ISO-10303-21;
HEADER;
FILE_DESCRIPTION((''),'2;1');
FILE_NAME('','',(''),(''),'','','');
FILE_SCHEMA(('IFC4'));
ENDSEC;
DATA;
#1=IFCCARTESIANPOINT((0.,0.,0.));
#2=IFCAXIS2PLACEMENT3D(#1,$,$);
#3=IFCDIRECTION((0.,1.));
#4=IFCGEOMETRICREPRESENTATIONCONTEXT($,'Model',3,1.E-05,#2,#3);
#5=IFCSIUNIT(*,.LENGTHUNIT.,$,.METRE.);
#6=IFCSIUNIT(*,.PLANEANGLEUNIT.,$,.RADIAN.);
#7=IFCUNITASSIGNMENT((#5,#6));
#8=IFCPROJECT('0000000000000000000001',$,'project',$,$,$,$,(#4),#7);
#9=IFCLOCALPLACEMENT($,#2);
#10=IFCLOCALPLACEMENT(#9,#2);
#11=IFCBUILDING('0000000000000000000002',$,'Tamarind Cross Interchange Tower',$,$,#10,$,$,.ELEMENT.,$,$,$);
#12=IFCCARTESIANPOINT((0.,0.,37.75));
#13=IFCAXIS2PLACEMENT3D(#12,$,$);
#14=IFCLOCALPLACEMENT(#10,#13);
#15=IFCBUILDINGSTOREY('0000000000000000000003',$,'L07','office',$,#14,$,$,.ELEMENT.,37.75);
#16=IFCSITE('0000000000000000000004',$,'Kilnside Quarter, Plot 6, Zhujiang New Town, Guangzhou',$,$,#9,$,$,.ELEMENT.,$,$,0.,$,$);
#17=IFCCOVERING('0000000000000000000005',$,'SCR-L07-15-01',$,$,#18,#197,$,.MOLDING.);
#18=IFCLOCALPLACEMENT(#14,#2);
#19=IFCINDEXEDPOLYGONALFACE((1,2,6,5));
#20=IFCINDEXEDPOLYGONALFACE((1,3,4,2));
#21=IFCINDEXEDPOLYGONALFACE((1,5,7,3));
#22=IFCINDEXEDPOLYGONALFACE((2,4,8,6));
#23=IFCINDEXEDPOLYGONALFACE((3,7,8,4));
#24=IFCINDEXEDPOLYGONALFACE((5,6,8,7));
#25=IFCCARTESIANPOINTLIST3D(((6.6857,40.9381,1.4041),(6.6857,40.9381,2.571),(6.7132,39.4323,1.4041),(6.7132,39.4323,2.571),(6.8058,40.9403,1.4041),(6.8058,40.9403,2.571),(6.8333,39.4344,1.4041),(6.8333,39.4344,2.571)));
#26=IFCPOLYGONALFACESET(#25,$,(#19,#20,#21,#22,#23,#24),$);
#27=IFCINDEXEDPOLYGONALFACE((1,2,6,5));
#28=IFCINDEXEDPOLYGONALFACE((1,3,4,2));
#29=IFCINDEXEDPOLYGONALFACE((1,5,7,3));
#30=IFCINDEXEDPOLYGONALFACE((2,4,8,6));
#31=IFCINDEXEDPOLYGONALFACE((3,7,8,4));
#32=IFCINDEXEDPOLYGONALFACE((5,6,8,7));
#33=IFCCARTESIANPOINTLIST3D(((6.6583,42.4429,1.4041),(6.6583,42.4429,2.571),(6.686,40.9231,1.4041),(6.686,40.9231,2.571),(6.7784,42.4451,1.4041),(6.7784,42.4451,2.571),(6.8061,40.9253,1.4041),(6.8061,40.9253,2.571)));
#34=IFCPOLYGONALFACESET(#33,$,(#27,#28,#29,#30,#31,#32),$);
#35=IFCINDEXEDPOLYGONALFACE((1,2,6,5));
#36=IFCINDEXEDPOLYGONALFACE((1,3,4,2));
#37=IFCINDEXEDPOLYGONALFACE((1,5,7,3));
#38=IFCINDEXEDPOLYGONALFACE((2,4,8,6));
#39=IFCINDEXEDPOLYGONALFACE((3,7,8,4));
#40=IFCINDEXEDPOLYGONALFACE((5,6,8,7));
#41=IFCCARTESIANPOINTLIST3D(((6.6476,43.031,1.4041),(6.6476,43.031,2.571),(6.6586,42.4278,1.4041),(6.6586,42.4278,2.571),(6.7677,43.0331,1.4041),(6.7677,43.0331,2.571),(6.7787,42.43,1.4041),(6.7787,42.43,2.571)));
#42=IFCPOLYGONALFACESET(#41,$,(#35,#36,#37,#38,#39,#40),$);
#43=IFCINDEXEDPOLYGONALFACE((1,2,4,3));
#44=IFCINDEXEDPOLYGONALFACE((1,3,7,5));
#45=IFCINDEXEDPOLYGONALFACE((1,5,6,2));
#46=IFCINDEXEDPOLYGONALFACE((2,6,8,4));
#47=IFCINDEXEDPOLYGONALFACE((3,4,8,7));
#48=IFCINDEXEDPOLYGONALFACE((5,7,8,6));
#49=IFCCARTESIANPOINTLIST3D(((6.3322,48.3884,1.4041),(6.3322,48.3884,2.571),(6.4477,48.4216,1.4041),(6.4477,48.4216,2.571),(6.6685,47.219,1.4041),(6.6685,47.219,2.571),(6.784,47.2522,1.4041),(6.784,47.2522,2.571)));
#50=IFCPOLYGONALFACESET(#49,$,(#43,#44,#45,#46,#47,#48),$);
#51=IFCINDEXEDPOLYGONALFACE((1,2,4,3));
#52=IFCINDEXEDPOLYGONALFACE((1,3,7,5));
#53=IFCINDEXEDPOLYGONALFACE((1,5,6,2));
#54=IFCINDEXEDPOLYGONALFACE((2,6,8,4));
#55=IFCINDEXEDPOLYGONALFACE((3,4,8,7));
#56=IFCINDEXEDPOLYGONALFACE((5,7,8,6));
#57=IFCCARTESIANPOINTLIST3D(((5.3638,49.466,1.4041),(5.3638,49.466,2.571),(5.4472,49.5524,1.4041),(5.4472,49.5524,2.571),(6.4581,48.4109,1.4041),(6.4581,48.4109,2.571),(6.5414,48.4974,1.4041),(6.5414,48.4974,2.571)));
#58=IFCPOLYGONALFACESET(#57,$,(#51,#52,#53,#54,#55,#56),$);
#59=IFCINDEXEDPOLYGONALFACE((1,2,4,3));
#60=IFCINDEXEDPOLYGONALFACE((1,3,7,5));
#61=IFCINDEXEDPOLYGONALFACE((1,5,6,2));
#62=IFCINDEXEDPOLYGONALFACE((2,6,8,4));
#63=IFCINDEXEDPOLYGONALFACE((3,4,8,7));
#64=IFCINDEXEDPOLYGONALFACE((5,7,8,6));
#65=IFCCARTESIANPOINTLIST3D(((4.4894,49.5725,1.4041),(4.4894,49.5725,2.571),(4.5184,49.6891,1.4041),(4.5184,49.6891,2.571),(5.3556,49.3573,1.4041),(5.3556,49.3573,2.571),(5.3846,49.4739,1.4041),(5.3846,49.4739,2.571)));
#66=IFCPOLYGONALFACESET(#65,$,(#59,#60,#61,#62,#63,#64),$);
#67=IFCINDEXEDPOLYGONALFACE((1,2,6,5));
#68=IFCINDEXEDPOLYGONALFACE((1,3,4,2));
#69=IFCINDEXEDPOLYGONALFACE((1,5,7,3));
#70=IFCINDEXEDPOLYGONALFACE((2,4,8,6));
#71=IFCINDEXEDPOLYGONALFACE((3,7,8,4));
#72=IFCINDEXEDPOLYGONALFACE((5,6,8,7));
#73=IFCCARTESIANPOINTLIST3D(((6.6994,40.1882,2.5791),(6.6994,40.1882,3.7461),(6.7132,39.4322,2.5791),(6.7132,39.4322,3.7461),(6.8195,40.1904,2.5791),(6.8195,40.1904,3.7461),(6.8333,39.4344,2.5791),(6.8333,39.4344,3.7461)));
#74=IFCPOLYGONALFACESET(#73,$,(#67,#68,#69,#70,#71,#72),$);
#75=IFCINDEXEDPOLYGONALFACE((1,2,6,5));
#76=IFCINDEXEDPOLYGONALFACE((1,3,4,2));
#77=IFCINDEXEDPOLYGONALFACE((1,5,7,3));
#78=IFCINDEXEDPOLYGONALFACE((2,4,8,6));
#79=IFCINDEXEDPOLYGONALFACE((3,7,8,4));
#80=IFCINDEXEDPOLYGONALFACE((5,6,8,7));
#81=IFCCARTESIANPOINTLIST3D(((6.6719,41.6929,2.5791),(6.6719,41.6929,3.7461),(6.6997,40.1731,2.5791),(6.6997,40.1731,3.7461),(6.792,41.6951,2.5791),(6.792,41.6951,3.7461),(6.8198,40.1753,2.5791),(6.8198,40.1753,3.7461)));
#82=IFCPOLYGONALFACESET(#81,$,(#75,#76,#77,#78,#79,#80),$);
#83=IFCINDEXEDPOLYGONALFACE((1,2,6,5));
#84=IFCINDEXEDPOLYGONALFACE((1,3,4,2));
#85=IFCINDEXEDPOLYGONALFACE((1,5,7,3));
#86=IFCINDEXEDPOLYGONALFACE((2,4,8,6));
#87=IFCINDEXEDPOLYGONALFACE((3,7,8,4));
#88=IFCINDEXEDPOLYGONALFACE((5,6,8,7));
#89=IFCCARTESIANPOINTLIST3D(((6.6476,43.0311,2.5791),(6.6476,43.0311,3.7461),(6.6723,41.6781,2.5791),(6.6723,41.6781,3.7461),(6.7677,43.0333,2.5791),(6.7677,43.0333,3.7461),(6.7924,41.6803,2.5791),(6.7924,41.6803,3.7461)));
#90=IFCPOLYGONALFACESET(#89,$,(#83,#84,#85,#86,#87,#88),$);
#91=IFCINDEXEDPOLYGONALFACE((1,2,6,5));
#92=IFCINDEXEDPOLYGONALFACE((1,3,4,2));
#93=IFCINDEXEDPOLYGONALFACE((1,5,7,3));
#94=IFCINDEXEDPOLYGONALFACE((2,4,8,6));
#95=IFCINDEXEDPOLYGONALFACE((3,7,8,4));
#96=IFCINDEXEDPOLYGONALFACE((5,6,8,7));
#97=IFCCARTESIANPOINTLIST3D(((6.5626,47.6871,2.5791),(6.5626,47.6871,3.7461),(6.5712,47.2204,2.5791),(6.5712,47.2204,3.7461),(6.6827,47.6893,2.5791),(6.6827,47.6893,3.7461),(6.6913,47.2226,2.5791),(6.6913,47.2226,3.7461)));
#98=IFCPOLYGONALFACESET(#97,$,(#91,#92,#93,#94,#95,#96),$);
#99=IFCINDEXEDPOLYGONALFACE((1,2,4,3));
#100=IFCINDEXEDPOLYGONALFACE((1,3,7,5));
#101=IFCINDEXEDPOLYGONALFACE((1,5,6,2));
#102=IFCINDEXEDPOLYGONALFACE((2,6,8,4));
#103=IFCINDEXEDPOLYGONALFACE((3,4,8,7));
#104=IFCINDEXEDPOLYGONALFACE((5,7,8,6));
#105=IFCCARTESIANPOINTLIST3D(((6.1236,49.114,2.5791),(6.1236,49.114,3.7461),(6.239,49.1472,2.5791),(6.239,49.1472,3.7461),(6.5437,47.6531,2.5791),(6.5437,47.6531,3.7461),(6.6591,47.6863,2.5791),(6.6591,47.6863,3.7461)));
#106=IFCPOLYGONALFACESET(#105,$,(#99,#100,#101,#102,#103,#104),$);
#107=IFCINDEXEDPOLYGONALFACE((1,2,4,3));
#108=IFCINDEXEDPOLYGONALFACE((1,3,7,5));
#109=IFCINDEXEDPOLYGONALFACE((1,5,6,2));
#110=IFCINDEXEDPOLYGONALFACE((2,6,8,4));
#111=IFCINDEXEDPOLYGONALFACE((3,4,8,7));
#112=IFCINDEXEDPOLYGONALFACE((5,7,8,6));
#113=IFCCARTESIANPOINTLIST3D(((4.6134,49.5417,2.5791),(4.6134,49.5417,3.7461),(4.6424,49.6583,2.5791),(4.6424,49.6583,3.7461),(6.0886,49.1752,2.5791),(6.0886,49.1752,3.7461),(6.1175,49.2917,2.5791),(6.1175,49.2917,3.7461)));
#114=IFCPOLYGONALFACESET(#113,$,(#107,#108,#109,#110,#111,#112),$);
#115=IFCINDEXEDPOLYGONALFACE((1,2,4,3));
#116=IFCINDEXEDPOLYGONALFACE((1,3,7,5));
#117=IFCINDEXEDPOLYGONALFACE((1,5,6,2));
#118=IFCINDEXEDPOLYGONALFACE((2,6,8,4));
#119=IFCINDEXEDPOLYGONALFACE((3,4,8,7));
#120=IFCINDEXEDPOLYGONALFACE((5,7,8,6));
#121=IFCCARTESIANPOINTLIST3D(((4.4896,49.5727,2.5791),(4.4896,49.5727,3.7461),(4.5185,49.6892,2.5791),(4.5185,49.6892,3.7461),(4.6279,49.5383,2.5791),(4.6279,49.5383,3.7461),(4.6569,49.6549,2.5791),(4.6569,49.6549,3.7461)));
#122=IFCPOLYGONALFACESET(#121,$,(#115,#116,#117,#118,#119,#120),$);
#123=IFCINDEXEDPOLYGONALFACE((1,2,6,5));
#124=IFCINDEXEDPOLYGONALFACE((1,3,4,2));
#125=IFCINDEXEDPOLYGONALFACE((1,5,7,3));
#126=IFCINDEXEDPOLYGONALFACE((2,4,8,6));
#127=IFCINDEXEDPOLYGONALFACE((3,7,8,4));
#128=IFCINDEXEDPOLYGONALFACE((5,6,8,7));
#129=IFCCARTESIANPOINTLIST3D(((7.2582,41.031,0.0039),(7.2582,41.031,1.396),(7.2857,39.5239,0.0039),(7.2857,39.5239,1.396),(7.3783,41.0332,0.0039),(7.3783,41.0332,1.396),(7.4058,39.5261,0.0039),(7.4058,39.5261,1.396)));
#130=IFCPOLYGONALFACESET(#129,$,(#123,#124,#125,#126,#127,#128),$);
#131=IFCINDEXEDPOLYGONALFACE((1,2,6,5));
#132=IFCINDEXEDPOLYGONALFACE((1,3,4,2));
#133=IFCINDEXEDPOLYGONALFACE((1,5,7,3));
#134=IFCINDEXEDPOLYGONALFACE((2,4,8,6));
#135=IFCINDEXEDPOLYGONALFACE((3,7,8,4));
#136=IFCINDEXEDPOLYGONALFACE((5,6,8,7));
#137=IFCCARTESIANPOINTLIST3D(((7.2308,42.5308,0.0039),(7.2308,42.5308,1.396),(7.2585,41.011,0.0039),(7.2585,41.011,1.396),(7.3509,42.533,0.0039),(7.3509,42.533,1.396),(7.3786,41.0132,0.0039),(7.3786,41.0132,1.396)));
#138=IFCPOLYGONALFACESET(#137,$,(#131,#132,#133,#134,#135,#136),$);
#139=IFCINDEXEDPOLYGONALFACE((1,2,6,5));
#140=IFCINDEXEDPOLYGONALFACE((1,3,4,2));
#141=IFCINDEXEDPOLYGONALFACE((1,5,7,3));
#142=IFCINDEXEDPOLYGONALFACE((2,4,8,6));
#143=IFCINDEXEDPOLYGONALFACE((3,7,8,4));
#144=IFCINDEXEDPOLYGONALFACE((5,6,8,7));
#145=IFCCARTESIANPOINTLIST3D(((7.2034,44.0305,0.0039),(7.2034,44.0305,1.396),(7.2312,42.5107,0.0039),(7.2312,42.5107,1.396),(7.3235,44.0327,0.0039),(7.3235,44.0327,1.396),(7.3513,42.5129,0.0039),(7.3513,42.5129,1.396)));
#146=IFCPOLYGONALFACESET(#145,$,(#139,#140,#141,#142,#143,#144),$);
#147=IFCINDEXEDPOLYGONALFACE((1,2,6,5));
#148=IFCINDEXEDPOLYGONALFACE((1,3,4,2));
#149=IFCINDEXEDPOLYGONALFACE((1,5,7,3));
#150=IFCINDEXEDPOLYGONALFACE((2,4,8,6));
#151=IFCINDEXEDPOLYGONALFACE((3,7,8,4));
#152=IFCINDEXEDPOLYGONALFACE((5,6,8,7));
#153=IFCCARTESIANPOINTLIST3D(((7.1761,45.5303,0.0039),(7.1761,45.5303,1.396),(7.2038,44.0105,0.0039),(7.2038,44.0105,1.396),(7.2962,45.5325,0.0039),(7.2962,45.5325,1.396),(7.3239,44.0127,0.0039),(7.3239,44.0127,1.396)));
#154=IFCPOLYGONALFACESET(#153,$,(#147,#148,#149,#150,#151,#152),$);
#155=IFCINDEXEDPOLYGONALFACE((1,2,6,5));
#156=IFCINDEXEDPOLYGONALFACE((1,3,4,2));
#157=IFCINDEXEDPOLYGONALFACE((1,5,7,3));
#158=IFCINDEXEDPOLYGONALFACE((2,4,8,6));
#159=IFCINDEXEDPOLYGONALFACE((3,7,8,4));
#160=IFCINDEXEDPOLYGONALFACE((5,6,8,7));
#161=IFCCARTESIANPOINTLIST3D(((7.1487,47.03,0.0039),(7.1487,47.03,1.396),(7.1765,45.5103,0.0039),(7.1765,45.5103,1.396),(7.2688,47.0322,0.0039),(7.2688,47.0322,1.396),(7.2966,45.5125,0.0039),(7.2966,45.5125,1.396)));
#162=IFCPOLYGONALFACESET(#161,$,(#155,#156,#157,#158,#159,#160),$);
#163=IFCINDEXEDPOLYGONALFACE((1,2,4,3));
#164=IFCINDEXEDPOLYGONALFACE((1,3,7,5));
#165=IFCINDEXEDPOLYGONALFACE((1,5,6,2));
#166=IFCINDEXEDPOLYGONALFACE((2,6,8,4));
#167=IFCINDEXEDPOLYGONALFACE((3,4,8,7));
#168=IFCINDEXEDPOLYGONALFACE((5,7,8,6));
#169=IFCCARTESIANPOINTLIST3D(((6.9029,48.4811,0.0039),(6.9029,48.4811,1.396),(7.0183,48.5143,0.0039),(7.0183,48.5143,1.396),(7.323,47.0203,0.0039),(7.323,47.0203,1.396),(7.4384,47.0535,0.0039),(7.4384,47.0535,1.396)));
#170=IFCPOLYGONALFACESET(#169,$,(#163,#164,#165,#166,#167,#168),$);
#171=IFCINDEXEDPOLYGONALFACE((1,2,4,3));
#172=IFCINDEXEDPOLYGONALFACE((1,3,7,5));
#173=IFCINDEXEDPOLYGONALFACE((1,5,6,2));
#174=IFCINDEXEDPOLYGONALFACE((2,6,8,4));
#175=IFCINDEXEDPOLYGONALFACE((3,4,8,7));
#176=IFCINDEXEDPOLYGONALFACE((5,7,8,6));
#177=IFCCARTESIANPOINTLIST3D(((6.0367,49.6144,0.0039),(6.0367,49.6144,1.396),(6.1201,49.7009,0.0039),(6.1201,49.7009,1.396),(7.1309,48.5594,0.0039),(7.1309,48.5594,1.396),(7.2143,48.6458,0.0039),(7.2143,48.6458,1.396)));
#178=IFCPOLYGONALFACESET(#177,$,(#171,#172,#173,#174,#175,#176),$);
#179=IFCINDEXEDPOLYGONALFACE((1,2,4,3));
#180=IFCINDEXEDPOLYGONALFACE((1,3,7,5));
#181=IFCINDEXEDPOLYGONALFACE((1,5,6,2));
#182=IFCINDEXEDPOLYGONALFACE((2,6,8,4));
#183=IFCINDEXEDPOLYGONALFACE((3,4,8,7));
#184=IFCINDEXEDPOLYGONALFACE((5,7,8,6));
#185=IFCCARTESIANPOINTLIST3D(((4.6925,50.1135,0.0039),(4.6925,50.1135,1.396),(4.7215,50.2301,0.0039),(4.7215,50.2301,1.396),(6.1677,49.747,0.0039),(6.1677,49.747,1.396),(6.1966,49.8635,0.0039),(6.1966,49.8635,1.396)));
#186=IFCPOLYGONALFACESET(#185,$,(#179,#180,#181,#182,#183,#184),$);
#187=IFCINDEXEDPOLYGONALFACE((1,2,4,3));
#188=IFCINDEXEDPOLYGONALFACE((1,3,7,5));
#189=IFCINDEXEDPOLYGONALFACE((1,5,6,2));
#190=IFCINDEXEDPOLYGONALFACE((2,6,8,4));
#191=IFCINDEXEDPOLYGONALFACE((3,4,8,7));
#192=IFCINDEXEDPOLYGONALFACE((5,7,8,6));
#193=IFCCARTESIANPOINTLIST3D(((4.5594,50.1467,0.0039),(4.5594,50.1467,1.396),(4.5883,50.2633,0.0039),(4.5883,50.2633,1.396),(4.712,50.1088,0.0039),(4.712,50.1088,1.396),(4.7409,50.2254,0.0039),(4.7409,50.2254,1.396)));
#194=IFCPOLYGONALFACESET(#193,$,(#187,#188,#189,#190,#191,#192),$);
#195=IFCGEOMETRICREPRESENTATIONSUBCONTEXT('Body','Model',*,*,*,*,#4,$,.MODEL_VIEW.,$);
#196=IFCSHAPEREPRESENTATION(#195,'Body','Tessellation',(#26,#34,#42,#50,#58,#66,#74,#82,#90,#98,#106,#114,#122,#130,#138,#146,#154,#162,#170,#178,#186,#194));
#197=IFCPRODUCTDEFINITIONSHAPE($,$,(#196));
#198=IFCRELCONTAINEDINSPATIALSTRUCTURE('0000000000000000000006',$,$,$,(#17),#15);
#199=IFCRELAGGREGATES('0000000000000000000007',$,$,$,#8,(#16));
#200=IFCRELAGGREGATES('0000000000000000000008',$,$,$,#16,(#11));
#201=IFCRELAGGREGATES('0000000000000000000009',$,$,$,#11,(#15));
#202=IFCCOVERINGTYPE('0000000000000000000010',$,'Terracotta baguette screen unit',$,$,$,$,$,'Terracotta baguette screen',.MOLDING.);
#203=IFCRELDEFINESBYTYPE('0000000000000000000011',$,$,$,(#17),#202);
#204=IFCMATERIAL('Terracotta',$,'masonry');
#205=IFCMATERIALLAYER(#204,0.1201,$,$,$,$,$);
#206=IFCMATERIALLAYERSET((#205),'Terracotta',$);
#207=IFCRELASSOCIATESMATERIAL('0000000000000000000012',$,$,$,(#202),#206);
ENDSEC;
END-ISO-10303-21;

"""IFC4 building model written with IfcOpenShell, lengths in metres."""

from ifc_helpers import new_model, si_unit, direction, frame, origin, origin_2d, place, context, subcontext, project, spatial, rectangle, extrude, material, layer, layer_set, type_object, element, save


model = new_model("IFC4")

# Units and contexts
model_context = context("Model", 3, precision=1e-05, world=origin(), true_north=direction((0.0, 1.0)))
body_context = subcontext(model_context, "Body", "Model", "MODEL_VIEW")
ifc_project = project(units=[si_unit("LENGTHUNIT", "METRE"), si_unit("PLANEANGLEUNIT", "RADIAN")], contexts=[model_context])

# Site, building, storey
site_placement = place(None, origin())
site = spatial("IfcSite", under=ifc_project, at=site_placement, Name="Kilnside Quarter, Plot 6, Zhujiang New Town, Guangzhou", CompositionType="ELEMENT", RefElevation=0.0)
building_placement = place(site_placement, origin())
building = spatial("IfcBuilding", under=site, at=building_placement, Name="Tamarind Cross Interchange Tower", CompositionType="ELEMENT")
storey_placement = place(building_placement, frame((0.0, 0.0, 37.75)))
storey = spatial("IfcBuildingStorey", under=building, at=storey_placement, Name="L07", Description="office", CompositionType="ELEMENT", Elevation=37.75)

# Covering
ifc_material_1 = material(Name="Terracotta", Category="masonry")
ifc_layer_1 = layer(ifc_material_1, 0.1201)
ifc_layer_set_1 = layer_set([ifc_layer_1], Name="Terracotta")
covering_type = type_object("IfcCoveringType", Name="Terracotta baguette screen unit", ElementType="Terracotta baguette screen", PredefinedType="MOLDING", material=ifc_layer_set_1)
covering_1_placement = place(storey_placement, origin())
element("IfcCovering", 1, at=covering_1_placement, inside=storey, type_object=covering_type, Name="SCR-L07-15-01", PredefinedType="MOLDING", context=body_context, shape_type="SweptSolid", body=[
    extrude(rectangle(XDim=1.5061, YDim=0.1201, at=origin_2d()), frame((6.7595, 40.1863, 1.4041), z_axis=(0.0, 0.0, 1.0), x_axis=(-0.018234, 0.999834, 0.0)), (0.0, 0.0, 1.0), 1.167),
    extrude(rectangle(XDim=1.52, YDim=0.1201, at=origin_2d()), frame((6.7322, 41.6841, 1.4041), z_axis=(0.0, 0.0, 1.0), x_axis=(-0.018234, 0.999834, 0.0)), (0.0, 0.0, 1.0), 1.167),
    extrude(rectangle(XDim=0.6033, YDim=0.1201, at=origin_2d()), frame((6.7131, 42.7305, 1.4041), z_axis=(0.0, 0.0, 1.0), x_axis=(-0.018234, 0.999834, 0.0)), (0.0, 0.0, 1.0), 1.167),
    extrude(rectangle(XDim=1.2168, YDim=0.1201, at=origin_2d()), frame((6.5581, 47.8203, 1.4041), z_axis=(0.0, 0.0, 1.0), x_axis=(-0.276389, 0.961046, 0.0)), (0.0, 0.0, 1.0), 1.167),
    extrude(rectangle(XDim=1.52, YDim=0.1201, at=origin_2d()), frame((5.9526, 48.9817, 1.4041), z_axis=(0.0, 0.0, 1.0), x_axis=(-0.719883, 0.694096, 0.0)), (0.0, 0.0, 1.0), 1.167),
    extrude(rectangle(XDim=0.8926, YDim=0.1201, at=origin_2d()), frame((4.937, 49.5232, 1.4041), z_axis=(0.0, 0.0, 1.0), x_axis=(-0.970485, 0.241163, 0.0)), (0.0, 0.0, 1.0), 1.167),
    extrude(rectangle(XDim=0.7561, YDim=0.1201, at=origin_2d()), frame((6.7664, 39.8113, 2.5791), z_axis=(0.0, 0.0, 1.0), x_axis=(-0.018234, 0.999834, 0.0)), (0.0, 0.0, 1.0), 1.167),
    extrude(rectangle(XDim=1.52, YDim=0.1201, at=origin_2d()), frame((6.7458, 40.9341, 2.5791), z_axis=(0.0, 0.0, 1.0), x_axis=(-0.018234, 0.999834, 0.0)), (0.0, 0.0, 1.0), 1.167),
    extrude(rectangle(XDim=1.3533, YDim=0.1201, at=origin_2d()), frame((6.72, 42.3557, 2.5791), z_axis=(0.0, 0.0, 1.0), x_axis=(-0.018234, 0.999834, 0.0)), (0.0, 0.0, 1.0), 1.167),
    extrude(rectangle(XDim=0.4668, YDim=0.1201, at=origin_2d()), frame((6.627, 47.4548, 2.5791), z_axis=(0.0, 0.0, 1.0), x_axis=(-0.018234, 0.999834, 0.0)), (0.0, 0.0, 1.0), 1.167),
    extrude(rectangle(XDim=1.52, YDim=0.1201, at=origin_2d()), frame((6.3914, 48.4001, 2.5791), z_axis=(0.0, 0.0, 1.0), x_axis=(-0.276389, 0.961046, 0.0)), (0.0, 0.0, 1.0), 1.167),
    extrude(rectangle(XDim=1.52, YDim=0.1201, at=origin_2d()), frame((5.3655, 49.4167, 2.5791), z_axis=(0.0, 0.0, 1.0), x_axis=(-0.970485, 0.241163, 0.0)), (0.0, 0.0, 1.0), 1.167),
    extrude(rectangle(XDim=0.1426, YDim=0.1201, at=origin_2d()), frame((4.5732, 49.6138, 2.5791), z_axis=(0.0, 0.0, 1.0), x_axis=(-0.970485, 0.241163, 0.0)), (0.0, 0.0, 1.0), 1.167),
    extrude(rectangle(XDim=1.5073, YDim=0.1201, at=origin_2d()), frame((7.332, 40.2786, 0.0039), z_axis=(0.0, 0.0, 1.0), x_axis=(-0.018234, 0.999834, 0.0)), (0.0, 0.0, 1.0), 1.3921),
    extrude(rectangle(XDim=1.52, YDim=0.1201, at=origin_2d()), frame((7.3047, 41.772, 0.0039), z_axis=(0.0, 0.0, 1.0), x_axis=(-0.018234, 0.999834, 0.0)), (0.0, 0.0, 1.0), 1.3921),
    extrude(rectangle(XDim=1.52, YDim=0.1201, at=origin_2d()), frame((7.2773, 43.2717, 0.0039), z_axis=(0.0, 0.0, 1.0), x_axis=(-0.018234, 0.999834, 0.0)), (0.0, 0.0, 1.0), 1.3921),
    extrude(rectangle(XDim=1.52, YDim=0.1201, at=origin_2d()), frame((7.25, 44.7715, 0.0039), z_axis=(0.0, 0.0, 1.0), x_axis=(-0.018234, 0.999834, 0.0)), (0.0, 0.0, 1.0), 1.3921),
    extrude(rectangle(XDim=1.52, YDim=0.1201, at=origin_2d()), frame((7.2227, 46.2712, 0.0039), z_axis=(0.0, 0.0, 1.0), x_axis=(-0.018234, 0.999834, 0.0)), (0.0, 0.0, 1.0), 1.3921),
    extrude(rectangle(XDim=1.52, YDim=0.1201, at=origin_2d()), frame((7.1707, 47.7673, 0.0039), z_axis=(0.0, 0.0, 1.0), x_axis=(-0.276389, 0.961046, 0.0)), (0.0, 0.0, 1.0), 1.3921),
    extrude(rectangle(XDim=1.52, YDim=0.1201, at=origin_2d()), frame((6.6255, 49.1301, 0.0039), z_axis=(0.0, 0.0, 1.0), x_axis=(-0.719883, 0.694096, 0.0)), (0.0, 0.0, 1.0), 1.3921),
    extrude(rectangle(XDim=1.52, YDim=0.1201, at=origin_2d()), frame((5.4446, 49.9885, 0.0039), z_axis=(0.0, 0.0, 1.0), x_axis=(-0.970485, 0.241163, 0.0)), (0.0, 0.0, 1.0), 1.3921),
    extrude(rectangle(XDim=0.1572, YDim=0.1201, at=origin_2d()), frame((4.6501, 50.186, 0.0039), z_axis=(0.0, 0.0, 1.0), x_axis=(-0.970485, 0.241163, 0.0)), (0.0, 0.0, 1.0), 1.3921),
])

save(model, "model.ifc")
